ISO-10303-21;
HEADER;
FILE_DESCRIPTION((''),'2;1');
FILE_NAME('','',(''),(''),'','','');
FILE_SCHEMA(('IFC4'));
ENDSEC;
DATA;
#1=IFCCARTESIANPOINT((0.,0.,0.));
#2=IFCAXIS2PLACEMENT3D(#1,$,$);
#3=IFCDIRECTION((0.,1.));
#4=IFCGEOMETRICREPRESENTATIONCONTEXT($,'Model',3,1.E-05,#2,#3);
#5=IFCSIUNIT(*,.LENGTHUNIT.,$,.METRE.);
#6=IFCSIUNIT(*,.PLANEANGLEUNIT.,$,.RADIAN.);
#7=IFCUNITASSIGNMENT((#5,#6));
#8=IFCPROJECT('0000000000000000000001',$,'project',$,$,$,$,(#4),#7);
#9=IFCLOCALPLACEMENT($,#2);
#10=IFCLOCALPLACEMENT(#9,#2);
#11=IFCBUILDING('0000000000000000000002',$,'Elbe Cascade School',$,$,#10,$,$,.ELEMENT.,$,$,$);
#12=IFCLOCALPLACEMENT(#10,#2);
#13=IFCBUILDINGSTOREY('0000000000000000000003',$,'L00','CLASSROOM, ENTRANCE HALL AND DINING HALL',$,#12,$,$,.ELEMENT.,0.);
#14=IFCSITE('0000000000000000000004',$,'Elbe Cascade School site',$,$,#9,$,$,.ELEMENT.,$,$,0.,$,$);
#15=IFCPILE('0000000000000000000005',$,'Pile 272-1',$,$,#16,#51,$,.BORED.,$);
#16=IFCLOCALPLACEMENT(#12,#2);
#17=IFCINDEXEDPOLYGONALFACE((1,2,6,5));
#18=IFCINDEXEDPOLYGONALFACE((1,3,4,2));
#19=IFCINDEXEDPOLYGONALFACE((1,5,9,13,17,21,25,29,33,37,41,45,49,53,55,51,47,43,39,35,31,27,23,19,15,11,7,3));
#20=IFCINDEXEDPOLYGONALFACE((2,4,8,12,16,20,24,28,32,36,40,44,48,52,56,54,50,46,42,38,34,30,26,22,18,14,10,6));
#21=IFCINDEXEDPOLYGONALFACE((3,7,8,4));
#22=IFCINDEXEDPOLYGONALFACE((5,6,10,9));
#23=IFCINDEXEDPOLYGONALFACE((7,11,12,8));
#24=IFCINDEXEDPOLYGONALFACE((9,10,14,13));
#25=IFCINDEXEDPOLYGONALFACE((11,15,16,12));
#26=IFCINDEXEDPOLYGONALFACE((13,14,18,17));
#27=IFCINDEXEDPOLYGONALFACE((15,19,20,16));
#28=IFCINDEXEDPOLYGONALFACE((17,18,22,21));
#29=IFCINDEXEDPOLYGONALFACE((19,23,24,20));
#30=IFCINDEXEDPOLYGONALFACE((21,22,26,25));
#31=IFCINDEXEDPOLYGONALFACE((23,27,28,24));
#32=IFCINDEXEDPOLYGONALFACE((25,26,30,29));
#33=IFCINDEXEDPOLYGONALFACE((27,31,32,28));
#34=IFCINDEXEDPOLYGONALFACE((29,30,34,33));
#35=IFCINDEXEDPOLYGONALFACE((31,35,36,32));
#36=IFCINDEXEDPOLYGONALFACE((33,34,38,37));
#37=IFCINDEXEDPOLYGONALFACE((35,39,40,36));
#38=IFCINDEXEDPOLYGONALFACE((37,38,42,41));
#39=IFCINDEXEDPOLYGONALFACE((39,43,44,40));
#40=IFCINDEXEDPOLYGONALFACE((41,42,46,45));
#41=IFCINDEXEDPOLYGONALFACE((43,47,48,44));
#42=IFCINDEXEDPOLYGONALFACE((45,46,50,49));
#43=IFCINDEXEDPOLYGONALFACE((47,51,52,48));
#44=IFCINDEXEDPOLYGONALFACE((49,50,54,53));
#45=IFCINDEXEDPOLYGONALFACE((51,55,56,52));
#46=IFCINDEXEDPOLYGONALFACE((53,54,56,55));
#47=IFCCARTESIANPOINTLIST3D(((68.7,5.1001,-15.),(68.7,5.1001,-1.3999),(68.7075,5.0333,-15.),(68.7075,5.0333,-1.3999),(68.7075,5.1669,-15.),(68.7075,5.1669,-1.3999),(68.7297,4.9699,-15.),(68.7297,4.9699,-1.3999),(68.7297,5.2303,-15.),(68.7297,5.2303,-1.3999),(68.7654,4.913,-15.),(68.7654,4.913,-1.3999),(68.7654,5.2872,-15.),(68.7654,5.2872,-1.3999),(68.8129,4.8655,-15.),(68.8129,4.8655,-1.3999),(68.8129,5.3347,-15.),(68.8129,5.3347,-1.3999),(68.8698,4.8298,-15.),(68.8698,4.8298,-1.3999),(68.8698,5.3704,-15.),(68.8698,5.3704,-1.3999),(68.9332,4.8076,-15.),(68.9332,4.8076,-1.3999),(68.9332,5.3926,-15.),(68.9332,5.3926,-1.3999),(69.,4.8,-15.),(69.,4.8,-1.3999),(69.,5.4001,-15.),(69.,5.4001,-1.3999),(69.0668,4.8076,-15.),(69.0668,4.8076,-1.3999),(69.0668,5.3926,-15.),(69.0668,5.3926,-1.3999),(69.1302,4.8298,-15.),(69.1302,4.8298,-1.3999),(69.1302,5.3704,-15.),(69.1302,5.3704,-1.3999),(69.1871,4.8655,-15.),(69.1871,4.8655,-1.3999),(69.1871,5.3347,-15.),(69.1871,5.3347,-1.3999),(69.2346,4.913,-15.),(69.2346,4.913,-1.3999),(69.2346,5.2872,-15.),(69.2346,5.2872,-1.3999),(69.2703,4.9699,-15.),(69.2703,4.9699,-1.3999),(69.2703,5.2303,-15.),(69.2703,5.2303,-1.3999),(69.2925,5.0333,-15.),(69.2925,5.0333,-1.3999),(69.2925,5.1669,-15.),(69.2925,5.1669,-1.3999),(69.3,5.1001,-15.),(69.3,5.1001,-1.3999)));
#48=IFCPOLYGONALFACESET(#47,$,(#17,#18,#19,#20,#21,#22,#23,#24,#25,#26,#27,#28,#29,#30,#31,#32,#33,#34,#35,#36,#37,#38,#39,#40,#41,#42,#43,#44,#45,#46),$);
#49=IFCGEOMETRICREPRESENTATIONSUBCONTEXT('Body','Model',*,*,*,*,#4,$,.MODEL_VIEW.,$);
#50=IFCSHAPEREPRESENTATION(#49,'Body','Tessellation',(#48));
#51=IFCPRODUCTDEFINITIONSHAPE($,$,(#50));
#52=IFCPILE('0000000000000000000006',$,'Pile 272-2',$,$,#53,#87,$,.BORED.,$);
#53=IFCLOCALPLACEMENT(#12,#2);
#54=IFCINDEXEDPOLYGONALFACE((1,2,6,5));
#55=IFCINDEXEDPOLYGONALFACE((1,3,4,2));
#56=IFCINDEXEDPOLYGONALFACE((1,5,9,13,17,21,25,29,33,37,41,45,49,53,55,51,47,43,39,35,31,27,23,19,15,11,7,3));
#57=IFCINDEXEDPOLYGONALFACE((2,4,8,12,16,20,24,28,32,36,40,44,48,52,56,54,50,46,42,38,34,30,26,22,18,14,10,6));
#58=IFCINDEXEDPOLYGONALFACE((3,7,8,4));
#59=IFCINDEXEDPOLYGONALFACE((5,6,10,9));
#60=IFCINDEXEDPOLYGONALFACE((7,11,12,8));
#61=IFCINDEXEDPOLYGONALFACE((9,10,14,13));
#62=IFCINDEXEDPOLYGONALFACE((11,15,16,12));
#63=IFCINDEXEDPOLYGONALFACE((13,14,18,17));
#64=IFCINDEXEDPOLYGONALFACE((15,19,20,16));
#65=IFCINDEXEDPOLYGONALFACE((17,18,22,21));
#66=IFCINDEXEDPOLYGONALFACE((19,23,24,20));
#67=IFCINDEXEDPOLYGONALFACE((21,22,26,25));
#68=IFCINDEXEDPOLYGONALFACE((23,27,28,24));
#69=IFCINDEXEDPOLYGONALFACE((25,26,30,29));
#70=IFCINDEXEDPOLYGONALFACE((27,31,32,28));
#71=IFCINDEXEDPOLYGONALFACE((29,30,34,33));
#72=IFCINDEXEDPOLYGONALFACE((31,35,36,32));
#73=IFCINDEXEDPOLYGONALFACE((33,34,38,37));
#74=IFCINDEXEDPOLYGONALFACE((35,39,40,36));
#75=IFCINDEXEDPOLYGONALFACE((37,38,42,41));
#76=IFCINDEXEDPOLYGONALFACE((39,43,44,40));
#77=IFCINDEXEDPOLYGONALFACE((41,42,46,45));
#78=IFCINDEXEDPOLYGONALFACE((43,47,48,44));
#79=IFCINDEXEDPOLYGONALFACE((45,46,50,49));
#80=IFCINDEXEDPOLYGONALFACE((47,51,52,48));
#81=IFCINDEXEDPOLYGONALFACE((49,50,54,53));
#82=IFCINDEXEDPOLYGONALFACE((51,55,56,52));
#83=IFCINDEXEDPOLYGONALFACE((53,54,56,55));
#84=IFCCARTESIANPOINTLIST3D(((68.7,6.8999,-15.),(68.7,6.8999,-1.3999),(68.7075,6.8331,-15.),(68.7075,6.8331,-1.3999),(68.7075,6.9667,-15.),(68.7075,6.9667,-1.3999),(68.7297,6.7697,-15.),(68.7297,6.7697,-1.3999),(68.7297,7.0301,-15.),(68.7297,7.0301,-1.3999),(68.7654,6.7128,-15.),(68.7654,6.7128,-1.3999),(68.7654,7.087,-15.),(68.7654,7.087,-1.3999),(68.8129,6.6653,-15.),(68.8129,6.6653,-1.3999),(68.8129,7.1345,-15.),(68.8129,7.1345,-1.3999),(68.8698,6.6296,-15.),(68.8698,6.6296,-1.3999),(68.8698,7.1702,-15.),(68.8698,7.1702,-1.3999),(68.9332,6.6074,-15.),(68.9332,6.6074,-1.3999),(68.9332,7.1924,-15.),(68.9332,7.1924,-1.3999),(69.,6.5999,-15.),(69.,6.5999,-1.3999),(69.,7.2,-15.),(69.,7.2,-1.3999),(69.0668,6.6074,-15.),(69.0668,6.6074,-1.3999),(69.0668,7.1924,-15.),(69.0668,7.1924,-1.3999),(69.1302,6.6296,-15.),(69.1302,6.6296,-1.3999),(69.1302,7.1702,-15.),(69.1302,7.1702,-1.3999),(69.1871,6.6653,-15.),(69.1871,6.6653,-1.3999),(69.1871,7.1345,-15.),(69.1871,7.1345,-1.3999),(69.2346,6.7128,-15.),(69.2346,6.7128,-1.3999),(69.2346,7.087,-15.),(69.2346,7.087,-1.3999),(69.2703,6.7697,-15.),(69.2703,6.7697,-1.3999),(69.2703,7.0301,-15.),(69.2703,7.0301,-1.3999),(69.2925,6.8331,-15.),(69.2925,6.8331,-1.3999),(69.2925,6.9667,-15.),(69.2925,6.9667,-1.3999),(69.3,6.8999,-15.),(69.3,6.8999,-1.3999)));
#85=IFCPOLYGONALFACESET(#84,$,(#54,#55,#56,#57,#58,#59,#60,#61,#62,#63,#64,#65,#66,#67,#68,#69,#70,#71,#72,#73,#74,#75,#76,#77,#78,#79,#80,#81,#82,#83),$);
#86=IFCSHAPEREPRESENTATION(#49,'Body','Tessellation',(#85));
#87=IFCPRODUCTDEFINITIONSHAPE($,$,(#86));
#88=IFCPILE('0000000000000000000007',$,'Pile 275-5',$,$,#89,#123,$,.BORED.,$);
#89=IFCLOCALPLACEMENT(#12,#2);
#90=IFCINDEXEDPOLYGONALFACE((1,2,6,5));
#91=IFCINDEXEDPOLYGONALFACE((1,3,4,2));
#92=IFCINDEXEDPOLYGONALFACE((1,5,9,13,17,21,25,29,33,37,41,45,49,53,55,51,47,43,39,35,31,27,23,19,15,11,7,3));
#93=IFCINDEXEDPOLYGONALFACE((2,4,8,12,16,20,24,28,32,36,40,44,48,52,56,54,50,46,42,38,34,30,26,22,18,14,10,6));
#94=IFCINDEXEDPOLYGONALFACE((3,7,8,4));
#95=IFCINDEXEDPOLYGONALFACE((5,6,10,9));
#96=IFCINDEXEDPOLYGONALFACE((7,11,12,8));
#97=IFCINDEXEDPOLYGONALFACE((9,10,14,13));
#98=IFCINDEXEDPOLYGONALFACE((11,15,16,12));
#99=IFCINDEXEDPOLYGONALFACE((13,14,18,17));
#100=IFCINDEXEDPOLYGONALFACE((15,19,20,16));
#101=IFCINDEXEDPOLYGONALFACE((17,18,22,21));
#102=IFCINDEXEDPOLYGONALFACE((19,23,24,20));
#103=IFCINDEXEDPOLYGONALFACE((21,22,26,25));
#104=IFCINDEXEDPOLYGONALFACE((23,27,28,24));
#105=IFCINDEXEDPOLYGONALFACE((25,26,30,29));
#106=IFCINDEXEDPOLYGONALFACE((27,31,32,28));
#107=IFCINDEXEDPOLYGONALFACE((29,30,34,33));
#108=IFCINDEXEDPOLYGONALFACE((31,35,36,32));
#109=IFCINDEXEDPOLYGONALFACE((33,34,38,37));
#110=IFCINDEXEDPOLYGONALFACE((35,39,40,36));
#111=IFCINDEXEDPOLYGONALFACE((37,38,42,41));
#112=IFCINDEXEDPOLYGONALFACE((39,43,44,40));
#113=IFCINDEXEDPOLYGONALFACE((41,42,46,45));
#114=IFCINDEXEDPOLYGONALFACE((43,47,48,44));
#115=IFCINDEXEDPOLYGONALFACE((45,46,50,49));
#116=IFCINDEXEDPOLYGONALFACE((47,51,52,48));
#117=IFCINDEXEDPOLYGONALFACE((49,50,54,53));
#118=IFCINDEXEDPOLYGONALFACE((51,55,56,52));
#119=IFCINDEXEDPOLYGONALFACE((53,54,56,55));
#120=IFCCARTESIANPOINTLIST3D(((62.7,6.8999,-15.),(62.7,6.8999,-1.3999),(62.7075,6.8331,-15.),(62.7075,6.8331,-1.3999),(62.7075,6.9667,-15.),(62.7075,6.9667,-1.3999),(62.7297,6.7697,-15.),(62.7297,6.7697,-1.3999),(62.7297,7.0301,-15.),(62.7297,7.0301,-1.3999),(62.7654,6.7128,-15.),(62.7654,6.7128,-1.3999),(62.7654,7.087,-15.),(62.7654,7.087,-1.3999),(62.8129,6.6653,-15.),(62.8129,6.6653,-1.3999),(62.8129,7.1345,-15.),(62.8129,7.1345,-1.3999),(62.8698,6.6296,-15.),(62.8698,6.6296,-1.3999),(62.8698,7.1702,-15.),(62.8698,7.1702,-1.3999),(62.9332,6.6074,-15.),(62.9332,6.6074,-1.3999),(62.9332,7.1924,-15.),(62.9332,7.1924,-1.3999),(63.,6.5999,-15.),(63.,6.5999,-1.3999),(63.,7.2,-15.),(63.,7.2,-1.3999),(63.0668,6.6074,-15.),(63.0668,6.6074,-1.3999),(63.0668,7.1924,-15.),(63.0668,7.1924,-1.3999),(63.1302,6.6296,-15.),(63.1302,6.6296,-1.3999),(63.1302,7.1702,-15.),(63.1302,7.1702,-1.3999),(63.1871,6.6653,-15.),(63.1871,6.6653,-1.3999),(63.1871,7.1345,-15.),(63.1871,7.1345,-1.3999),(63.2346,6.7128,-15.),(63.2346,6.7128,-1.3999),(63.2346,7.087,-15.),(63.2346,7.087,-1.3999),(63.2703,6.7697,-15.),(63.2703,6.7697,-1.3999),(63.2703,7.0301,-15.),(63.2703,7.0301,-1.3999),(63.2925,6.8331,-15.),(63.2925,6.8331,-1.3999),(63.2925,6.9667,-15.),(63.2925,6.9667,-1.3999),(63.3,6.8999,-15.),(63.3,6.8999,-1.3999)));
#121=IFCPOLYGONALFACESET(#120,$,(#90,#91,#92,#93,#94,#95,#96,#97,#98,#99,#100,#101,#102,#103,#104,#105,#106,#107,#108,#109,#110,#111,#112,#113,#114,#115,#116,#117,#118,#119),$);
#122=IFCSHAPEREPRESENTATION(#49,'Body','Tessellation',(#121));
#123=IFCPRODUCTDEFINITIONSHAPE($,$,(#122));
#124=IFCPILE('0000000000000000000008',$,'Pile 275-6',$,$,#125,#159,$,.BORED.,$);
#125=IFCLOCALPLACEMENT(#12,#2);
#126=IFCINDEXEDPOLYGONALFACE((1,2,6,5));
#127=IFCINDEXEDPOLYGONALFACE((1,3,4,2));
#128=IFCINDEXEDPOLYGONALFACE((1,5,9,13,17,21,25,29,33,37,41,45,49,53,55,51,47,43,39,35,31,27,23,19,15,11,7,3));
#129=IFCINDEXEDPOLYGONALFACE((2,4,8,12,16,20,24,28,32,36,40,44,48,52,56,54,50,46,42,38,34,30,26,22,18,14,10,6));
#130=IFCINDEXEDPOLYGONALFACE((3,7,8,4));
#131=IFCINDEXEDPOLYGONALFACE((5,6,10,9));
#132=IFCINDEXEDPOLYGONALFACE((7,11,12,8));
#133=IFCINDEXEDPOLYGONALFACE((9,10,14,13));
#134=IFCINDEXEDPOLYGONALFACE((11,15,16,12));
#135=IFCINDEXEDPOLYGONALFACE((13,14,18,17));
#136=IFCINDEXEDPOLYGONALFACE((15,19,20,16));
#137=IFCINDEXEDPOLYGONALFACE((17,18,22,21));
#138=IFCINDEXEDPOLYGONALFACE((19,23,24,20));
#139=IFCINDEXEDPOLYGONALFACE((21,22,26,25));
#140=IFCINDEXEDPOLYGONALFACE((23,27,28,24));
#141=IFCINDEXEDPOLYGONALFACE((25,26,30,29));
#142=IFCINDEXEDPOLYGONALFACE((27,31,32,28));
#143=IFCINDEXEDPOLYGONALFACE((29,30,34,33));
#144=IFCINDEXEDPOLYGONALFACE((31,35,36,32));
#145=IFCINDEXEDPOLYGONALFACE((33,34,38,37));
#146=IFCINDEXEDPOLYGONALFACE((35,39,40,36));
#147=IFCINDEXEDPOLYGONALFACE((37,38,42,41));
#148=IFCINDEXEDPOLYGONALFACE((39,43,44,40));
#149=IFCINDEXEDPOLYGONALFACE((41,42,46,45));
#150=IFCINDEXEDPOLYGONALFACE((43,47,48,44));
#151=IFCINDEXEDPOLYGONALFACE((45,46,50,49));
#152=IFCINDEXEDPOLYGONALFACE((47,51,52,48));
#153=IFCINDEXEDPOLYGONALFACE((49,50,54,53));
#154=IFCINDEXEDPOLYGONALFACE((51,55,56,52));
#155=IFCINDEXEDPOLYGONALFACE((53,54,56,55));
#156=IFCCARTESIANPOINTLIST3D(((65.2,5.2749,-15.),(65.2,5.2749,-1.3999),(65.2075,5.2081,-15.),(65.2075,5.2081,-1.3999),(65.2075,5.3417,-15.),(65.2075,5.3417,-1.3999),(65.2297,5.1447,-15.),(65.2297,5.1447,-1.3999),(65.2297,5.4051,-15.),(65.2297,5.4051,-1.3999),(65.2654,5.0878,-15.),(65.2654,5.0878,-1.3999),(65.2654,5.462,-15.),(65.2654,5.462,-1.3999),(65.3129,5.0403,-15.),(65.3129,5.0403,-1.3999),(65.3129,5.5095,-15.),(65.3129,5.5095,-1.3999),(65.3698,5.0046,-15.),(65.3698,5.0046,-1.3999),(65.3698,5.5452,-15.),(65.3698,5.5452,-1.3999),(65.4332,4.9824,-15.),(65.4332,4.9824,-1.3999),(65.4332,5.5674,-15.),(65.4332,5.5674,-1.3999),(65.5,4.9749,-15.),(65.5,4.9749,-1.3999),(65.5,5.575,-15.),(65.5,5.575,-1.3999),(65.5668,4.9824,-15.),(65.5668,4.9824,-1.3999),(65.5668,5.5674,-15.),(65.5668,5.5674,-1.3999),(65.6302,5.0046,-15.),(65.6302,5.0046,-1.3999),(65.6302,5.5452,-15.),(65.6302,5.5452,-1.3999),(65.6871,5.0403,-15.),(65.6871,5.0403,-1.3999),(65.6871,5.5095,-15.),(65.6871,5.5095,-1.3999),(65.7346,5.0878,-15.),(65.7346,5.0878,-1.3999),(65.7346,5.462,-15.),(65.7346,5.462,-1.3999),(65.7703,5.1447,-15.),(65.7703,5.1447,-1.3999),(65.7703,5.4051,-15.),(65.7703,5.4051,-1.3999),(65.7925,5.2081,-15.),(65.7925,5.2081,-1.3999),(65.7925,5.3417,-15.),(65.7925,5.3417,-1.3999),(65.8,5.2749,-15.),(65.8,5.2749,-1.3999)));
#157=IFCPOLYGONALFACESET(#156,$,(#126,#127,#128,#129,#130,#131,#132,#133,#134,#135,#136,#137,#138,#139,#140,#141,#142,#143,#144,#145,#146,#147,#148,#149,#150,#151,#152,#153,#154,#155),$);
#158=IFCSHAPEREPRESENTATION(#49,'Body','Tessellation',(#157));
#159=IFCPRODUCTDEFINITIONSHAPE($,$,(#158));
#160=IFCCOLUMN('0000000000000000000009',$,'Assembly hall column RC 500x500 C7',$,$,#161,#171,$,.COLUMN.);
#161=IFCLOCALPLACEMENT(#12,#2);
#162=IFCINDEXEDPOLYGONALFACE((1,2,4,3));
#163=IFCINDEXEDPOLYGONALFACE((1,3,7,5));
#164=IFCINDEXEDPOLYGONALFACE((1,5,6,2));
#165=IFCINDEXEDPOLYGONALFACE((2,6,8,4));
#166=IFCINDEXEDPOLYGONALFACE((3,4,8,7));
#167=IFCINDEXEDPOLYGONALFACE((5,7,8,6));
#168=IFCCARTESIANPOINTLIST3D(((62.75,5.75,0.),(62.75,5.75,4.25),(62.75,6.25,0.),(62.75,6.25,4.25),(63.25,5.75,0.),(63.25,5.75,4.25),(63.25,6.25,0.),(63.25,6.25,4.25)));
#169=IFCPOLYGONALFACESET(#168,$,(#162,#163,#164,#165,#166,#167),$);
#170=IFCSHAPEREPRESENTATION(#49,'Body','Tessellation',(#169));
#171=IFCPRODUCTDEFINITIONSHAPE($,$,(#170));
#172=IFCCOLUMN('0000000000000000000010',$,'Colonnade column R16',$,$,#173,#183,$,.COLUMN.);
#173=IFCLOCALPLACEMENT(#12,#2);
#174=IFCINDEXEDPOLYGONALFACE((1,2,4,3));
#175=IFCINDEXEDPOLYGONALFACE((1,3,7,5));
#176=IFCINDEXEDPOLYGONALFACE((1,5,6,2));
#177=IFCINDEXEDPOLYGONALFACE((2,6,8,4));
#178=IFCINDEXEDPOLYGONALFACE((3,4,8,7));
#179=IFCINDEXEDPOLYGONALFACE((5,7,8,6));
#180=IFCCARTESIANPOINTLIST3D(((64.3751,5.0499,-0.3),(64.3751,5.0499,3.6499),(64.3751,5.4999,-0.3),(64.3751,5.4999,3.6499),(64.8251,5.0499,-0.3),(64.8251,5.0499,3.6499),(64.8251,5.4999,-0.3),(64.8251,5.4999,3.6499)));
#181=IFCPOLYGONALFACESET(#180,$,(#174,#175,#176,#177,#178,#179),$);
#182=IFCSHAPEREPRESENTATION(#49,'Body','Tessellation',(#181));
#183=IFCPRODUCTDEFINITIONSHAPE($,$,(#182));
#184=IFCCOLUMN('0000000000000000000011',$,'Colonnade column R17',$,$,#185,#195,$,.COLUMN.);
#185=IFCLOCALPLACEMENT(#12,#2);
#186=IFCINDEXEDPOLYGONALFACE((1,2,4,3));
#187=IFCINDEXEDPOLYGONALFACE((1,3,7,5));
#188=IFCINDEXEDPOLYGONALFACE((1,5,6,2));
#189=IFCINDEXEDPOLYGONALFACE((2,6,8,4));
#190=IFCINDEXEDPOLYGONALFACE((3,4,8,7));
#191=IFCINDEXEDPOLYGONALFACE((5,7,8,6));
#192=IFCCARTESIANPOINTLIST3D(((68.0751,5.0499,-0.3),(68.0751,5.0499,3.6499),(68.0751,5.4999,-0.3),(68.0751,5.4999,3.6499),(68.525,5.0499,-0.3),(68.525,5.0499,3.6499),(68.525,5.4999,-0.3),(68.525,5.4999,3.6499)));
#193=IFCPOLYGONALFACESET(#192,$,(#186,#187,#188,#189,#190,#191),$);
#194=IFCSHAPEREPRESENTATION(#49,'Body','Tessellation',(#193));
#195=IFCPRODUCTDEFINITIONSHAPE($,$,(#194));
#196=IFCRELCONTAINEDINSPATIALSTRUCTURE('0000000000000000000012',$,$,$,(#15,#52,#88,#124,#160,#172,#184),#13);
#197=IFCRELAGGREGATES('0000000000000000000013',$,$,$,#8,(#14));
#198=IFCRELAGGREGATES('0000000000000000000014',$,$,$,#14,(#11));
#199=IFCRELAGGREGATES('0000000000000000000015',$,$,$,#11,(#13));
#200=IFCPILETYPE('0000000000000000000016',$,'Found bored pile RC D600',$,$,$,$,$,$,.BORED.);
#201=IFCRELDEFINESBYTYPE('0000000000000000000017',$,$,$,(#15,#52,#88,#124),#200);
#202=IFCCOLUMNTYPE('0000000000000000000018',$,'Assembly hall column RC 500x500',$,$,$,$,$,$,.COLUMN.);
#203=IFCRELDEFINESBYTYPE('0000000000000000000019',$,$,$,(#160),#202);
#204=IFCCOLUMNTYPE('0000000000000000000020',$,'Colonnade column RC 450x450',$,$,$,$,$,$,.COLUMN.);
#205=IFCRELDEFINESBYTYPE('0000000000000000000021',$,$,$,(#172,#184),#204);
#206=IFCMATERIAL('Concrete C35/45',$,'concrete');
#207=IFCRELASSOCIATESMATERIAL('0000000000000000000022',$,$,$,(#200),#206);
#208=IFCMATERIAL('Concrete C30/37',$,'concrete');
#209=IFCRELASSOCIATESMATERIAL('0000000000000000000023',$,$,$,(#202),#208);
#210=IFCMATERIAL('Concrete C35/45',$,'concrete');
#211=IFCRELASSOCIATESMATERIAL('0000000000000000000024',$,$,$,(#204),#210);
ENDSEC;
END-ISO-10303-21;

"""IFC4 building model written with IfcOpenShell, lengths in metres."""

from ifc_helpers import new_model, si_unit, direction, frame, origin, origin_2d, place, context, subcontext, project, spatial, rectangle, circle, extrude, material, material_profile, profile_set, type_object, element, save


model = new_model("IFC4")

# Units and contexts
model_context = context("Model", 3, precision=1e-05, world=origin(), true_north=direction((0.0, 1.0)))
body_context = subcontext(model_context, "Body", "Model", "MODEL_VIEW")
ifc_project = project(units=[si_unit("LENGTHUNIT", "METRE"), si_unit("PLANEANGLEUNIT", "RADIAN")], contexts=[model_context])

# Site, building, storey
site_placement = place(None, origin())
site = spatial("IfcSite", under=ifc_project, at=site_placement, Name="Elbe Cascade School site", CompositionType="ELEMENT", RefElevation=0.0)
building_placement = place(site_placement, origin())
building = spatial("IfcBuilding", under=site, at=building_placement, Name="Elbe Cascade School", CompositionType="ELEMENT")
storey_placement = place(building_placement, origin())
storey = spatial("IfcBuildingStorey", under=building, at=storey_placement, Name="L00", Description="CLASSROOM, ENTRANCE HALL AND DINING HALL", CompositionType="ELEMENT", Elevation=0.0)

# Piles
ifc_material_1 = material(Name="Concrete C35/45", Category="concrete")
ifc_material_profile_1 = material_profile(ifc_material_1, circle(Radius=0.3, at=origin_2d()), Name="RC D600")
ifc_profile_set_1 = profile_set([ifc_material_profile_1], Name="Concrete C35/45")
pile_type = type_object("IfcPileType", Name="Found bored pile RC D600", PredefinedType="BORED", material=ifc_profile_set_1)
for number, where, z_axis, x_axis, name in (
    (1, (69.0, 5.1001, -1.3999), (0.0, 0.0, -1.0), (1.0, 0.0, 0.0), "Pile 272-1"),
    (2, (69.0, 6.8999, -1.3999), (0.0, 0.0, -1.0), (1.0, 0.0, 0.0), "Pile 272-2"),
    (3, (63.0, 6.8999, -1.3999), (0.0, 0.0, -1.0), (1.0, 0.0, 0.0), "Pile 275-5"),
    (4, (65.5, 5.2749, -1.3999), (0.0, 0.0, -1.0), (1.0, 0.0, 0.0), "Pile 275-6"),
):
    element("IfcPile", number, at=place(storey_placement, frame(where, z_axis=z_axis, x_axis=x_axis)), inside=storey, type_object=pile_type, Name=name, PredefinedType="BORED", context=body_context, shape_type="SweptSolid", body=[
        extrude(circle(Radius=0.3, at=origin_2d()), origin(), (0.0, 0.0, 1.0), 13.6001),
    ])

# Columns
ifc_material_2 = material(Name="Concrete C30/37", Category="concrete")
ifc_material_profile_2 = material_profile(ifc_material_2, rectangle(XDim=0.5, YDim=0.5, at=origin_2d()), Name="RC 500x500")
ifc_profile_set_2 = profile_set([ifc_material_profile_2], Name="Concrete C30/37")
column_type_1 = type_object("IfcColumnType", Name="Assembly hall column RC 500x500", PredefinedType="COLUMN", material=ifc_profile_set_2)
column_1_placement = place(storey_placement, frame((63.0, 6.0, 0.0), z_axis=(0.0, 0.0, 1.0), x_axis=(1.0, 0.0, 0.0)))
element("IfcColumn", 5, at=column_1_placement, inside=storey, type_object=column_type_1, Name="Assembly hall column RC 500x500 C7", PredefinedType="COLUMN", context=body_context, shape_type="SweptSolid", body=[
    extrude(rectangle(XDim=0.5, YDim=0.5, at=origin_2d()), origin(), (0.0, 0.0, 1.0), 4.25),
])
ifc_material_3 = material(Name="Concrete C35/45", Category="concrete")
ifc_material_profile_3 = material_profile(ifc_material_3, rectangle(XDim=0.45, YDim=0.45, at=origin_2d()), Name="RC 450x450")
ifc_profile_set_3 = profile_set([ifc_material_profile_3], Name="Concrete C35/45")
column_type_2 = type_object("IfcColumnType", Name="Colonnade column RC 450x450", PredefinedType="COLUMN", material=ifc_profile_set_3)
for number, where, z_axis, x_axis, name in (
    (6, (64.6001, 5.2749, -0.3), (0.0, 0.0, 1.0), (1.0, 0.0, 0.0), "Colonnade column R16"),
    (7, (68.3, 5.2749, -0.3), (0.0, 0.0, 1.0), (1.0, 0.0, 0.0), "Colonnade column R17"),
):
    element("IfcColumn", number, at=place(storey_placement, frame(where, z_axis=z_axis, x_axis=x_axis)), inside=storey, type_object=column_type_2, Name=name, PredefinedType="COLUMN", context=body_context, shape_type="SweptSolid", body=[
        extrude(rectangle(XDim=0.45, YDim=0.45, at=origin_2d()), origin(), (0.0, 0.0, 1.0), 3.95),
    ])

save(model, "model.ifc")
